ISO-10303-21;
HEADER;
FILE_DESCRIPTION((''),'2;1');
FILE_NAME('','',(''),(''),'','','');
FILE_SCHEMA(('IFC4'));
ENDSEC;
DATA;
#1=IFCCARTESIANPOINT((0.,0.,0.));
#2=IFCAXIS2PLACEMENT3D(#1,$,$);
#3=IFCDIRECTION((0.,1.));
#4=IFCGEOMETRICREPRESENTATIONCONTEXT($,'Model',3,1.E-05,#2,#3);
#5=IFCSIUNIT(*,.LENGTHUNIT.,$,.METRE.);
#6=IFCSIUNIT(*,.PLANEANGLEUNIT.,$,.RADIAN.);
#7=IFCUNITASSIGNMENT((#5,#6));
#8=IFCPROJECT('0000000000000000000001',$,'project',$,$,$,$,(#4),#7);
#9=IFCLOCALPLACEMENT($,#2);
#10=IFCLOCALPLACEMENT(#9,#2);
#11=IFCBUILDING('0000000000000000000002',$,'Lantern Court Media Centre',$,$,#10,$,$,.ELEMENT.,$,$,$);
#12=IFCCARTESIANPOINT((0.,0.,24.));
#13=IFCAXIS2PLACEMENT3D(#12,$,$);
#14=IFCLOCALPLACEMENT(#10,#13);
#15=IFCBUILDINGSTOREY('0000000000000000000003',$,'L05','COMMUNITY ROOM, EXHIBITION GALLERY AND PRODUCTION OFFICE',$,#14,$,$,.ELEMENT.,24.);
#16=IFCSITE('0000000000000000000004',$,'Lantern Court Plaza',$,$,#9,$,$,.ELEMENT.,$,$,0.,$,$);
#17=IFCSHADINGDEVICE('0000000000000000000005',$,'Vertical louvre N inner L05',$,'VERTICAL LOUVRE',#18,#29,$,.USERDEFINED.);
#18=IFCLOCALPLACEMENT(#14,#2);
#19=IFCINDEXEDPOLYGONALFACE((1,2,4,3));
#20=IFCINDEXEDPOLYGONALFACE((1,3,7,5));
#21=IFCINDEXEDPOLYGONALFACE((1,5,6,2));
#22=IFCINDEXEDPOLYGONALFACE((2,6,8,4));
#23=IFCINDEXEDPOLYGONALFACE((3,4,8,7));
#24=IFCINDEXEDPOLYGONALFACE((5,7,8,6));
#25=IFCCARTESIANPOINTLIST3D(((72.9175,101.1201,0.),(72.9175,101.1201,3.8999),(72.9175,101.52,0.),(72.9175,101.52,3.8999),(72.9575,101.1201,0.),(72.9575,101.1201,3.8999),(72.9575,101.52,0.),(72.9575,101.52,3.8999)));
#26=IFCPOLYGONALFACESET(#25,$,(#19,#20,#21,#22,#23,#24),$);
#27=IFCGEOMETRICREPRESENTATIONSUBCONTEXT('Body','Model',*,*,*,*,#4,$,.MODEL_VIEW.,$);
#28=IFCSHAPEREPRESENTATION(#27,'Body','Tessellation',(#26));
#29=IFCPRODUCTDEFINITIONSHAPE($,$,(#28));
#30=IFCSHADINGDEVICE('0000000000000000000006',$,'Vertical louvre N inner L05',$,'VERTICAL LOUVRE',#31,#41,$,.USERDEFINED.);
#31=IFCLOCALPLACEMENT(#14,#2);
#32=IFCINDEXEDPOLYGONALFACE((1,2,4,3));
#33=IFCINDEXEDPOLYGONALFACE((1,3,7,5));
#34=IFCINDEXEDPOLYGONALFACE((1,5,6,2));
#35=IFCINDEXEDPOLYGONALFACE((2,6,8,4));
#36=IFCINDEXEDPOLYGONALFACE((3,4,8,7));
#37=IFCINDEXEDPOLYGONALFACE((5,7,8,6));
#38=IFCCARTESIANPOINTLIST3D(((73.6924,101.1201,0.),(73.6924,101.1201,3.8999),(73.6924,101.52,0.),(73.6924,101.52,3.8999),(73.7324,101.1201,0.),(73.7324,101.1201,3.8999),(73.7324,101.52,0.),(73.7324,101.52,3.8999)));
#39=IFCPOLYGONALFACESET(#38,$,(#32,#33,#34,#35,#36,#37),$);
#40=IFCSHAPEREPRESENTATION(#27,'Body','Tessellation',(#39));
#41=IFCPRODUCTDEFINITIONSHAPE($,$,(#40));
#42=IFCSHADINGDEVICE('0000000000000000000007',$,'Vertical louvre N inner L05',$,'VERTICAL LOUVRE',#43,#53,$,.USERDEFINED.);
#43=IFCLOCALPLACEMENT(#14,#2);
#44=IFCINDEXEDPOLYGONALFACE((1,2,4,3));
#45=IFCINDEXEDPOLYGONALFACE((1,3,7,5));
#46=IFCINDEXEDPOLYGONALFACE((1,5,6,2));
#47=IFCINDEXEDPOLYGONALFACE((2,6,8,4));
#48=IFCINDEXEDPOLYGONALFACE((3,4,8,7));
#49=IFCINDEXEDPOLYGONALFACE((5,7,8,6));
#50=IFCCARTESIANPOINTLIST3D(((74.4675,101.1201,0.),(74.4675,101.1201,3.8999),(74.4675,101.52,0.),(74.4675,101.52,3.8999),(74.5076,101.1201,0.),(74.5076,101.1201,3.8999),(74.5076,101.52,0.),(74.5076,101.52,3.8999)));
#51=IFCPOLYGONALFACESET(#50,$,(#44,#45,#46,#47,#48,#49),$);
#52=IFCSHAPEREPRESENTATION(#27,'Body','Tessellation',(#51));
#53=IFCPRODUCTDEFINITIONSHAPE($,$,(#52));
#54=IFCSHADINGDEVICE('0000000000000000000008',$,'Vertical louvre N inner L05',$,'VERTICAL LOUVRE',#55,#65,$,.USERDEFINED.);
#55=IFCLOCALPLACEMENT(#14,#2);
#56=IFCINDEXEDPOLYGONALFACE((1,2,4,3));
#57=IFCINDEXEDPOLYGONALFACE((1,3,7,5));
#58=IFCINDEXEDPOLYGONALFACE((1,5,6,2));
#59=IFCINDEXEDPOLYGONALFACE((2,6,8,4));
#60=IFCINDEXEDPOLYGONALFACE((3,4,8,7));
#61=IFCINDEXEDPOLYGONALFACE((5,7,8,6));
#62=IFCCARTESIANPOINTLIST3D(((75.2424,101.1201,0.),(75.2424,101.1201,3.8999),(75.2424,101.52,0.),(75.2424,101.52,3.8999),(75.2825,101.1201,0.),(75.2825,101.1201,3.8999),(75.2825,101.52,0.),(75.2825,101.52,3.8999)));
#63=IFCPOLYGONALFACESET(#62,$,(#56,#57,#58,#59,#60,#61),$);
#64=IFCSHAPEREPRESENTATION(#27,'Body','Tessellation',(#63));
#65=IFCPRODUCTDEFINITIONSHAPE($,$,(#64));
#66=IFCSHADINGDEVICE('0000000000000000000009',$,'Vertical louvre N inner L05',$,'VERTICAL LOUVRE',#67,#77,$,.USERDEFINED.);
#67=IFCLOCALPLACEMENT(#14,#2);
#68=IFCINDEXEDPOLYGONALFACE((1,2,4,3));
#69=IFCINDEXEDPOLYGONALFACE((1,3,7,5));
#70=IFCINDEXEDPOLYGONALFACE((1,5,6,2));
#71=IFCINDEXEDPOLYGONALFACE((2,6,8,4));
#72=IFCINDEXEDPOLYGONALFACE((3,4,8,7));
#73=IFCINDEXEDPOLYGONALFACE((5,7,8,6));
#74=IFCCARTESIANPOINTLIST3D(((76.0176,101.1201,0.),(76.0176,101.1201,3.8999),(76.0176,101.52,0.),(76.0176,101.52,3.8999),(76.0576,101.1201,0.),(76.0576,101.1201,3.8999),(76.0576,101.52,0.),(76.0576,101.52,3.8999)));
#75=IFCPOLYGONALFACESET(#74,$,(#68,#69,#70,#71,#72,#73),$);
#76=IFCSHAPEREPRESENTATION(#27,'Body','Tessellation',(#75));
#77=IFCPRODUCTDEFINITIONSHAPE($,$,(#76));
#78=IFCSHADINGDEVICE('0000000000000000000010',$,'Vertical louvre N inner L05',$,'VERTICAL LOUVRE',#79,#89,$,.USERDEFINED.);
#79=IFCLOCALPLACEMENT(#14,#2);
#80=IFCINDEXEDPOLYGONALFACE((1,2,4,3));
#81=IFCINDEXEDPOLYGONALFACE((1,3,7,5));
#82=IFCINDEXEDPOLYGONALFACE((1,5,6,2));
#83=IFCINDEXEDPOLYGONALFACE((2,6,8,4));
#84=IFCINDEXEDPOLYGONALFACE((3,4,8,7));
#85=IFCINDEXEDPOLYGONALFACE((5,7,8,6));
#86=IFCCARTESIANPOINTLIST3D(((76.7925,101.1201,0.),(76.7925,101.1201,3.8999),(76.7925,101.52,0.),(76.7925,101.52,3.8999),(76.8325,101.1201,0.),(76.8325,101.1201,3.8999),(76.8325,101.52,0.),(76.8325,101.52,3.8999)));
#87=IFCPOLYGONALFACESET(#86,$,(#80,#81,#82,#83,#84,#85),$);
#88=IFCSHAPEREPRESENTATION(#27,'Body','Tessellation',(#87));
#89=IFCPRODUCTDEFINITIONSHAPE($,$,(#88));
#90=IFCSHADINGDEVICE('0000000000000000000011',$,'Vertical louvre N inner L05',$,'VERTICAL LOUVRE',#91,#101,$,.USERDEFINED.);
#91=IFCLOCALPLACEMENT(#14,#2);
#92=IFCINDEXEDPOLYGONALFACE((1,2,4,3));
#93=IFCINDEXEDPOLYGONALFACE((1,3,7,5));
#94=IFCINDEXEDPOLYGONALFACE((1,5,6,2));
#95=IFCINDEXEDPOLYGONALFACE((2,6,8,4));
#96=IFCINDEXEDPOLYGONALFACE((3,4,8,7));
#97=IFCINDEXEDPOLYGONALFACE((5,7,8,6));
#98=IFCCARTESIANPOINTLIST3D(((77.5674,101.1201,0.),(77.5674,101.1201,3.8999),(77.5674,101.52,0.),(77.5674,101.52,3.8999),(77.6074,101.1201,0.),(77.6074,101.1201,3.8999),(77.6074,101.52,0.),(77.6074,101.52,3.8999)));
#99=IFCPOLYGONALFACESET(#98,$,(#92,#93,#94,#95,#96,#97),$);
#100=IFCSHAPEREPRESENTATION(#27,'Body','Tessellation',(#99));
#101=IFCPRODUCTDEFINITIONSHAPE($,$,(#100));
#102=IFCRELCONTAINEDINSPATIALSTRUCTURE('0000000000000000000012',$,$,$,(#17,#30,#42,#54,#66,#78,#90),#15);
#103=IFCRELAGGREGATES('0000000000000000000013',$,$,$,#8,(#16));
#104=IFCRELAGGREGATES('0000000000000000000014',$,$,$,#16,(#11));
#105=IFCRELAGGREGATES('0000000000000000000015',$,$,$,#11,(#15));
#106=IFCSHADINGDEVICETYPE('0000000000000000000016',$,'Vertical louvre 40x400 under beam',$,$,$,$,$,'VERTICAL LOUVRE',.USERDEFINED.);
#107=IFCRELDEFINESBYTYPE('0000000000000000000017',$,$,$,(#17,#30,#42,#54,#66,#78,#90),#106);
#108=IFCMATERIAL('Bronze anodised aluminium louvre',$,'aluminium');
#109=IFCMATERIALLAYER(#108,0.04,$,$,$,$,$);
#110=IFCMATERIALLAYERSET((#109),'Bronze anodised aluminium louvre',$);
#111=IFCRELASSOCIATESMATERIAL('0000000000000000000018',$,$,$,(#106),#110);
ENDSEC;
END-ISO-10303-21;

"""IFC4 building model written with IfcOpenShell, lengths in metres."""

from ifc_helpers import new_model, si_unit, direction, frame, origin, origin_2d, place, context, subcontext, project, spatial, rectangle, extrude, material, layer, layer_set, type_object, element, save


model = new_model("IFC4")

# Units and contexts
model_context = context("Model", 3, precision=1e-05, world=origin(), true_north=direction((0.0, 1.0)))
body_context = subcontext(model_context, "Body", "Model", "MODEL_VIEW")
ifc_project = project(units=[si_unit("LENGTHUNIT", "METRE"), si_unit("PLANEANGLEUNIT", "RADIAN")], contexts=[model_context])

# Site, building, storey
site_placement = place(None, origin())
site = spatial("IfcSite", under=ifc_project, at=site_placement, Name="Lantern Court Plaza", CompositionType="ELEMENT", RefElevation=0.0)
building_placement = place(site_placement, origin())
building = spatial("IfcBuilding", under=site, at=building_placement, Name="Lantern Court Media Centre", CompositionType="ELEMENT")
storey_placement = place(building_placement, frame((0.0, 0.0, 24.0)))
storey = spatial("IfcBuildingStorey", under=building, at=storey_placement, Name="L05", Description="COMMUNITY ROOM, EXHIBITION GALLERY AND PRODUCTION OFFICE", CompositionType="ELEMENT", Elevation=24.0)

# Shading devices
ifc_material_1 = material(Name="Bronze anodised aluminium louvre", Category="aluminium")
ifc_layer_1 = layer(ifc_material_1, 0.04)
ifc_layer_set_1 = layer_set([ifc_layer_1], Name="Bronze anodised aluminium louvre")
shading_device_type = type_object("IfcShadingDeviceType", Name="Vertical louvre 40x400 under beam", ElementType="VERTICAL LOUVRE", PredefinedType="USERDEFINED", material=ifc_layer_set_1)
for number, where, z_axis, x_axis, name in (
    (1, (72.9375, 101.3201, 0.0), (0.0, 0.0, 1.0), (1.0, 0.0, 0.0), "Vertical louvre N inner L05"),
    (2, (73.7124, 101.3201, 0.0), (0.0, 0.0, 1.0), (1.0, 0.0, 0.0), "Vertical louvre N inner L05"),
    (3, (74.4875, 101.3201, 0.0), (0.0, 0.0, 1.0), (1.0, 0.0, 0.0), "Vertical louvre N inner L05"),
    (4, (75.2625, 101.3201, 0.0), (0.0, 0.0, 1.0), (1.0, 0.0, 0.0), "Vertical louvre N inner L05"),
    (5, (76.0376, 101.3201, 0.0), (0.0, 0.0, 1.0), (1.0, 0.0, 0.0), "Vertical louvre N inner L05"),
    (6, (76.8125, 101.3201, 0.0), (0.0, 0.0, 1.0), (1.0, 0.0, 0.0), "Vertical louvre N inner L05"),
    (7, (77.5874, 101.3201, 0.0), (0.0, 0.0, 1.0), (1.0, 0.0, 0.0), "Vertical louvre N inner L05"),
):
    element("IfcShadingDevice", number, at=place(storey_placement, frame(where, z_axis=z_axis, x_axis=x_axis)), inside=storey, type_object=shading_device_type, Name=name, ObjectType="VERTICAL LOUVRE", PredefinedType="USERDEFINED", context=body_context, shape_type="SweptSolid", body=[
        extrude(rectangle(XDim=0.04, YDim=0.3999, at=origin_2d()), origin(), (0.0, 0.0, 1.0), 3.8999),
    ])

save(model, "model.ifc")
